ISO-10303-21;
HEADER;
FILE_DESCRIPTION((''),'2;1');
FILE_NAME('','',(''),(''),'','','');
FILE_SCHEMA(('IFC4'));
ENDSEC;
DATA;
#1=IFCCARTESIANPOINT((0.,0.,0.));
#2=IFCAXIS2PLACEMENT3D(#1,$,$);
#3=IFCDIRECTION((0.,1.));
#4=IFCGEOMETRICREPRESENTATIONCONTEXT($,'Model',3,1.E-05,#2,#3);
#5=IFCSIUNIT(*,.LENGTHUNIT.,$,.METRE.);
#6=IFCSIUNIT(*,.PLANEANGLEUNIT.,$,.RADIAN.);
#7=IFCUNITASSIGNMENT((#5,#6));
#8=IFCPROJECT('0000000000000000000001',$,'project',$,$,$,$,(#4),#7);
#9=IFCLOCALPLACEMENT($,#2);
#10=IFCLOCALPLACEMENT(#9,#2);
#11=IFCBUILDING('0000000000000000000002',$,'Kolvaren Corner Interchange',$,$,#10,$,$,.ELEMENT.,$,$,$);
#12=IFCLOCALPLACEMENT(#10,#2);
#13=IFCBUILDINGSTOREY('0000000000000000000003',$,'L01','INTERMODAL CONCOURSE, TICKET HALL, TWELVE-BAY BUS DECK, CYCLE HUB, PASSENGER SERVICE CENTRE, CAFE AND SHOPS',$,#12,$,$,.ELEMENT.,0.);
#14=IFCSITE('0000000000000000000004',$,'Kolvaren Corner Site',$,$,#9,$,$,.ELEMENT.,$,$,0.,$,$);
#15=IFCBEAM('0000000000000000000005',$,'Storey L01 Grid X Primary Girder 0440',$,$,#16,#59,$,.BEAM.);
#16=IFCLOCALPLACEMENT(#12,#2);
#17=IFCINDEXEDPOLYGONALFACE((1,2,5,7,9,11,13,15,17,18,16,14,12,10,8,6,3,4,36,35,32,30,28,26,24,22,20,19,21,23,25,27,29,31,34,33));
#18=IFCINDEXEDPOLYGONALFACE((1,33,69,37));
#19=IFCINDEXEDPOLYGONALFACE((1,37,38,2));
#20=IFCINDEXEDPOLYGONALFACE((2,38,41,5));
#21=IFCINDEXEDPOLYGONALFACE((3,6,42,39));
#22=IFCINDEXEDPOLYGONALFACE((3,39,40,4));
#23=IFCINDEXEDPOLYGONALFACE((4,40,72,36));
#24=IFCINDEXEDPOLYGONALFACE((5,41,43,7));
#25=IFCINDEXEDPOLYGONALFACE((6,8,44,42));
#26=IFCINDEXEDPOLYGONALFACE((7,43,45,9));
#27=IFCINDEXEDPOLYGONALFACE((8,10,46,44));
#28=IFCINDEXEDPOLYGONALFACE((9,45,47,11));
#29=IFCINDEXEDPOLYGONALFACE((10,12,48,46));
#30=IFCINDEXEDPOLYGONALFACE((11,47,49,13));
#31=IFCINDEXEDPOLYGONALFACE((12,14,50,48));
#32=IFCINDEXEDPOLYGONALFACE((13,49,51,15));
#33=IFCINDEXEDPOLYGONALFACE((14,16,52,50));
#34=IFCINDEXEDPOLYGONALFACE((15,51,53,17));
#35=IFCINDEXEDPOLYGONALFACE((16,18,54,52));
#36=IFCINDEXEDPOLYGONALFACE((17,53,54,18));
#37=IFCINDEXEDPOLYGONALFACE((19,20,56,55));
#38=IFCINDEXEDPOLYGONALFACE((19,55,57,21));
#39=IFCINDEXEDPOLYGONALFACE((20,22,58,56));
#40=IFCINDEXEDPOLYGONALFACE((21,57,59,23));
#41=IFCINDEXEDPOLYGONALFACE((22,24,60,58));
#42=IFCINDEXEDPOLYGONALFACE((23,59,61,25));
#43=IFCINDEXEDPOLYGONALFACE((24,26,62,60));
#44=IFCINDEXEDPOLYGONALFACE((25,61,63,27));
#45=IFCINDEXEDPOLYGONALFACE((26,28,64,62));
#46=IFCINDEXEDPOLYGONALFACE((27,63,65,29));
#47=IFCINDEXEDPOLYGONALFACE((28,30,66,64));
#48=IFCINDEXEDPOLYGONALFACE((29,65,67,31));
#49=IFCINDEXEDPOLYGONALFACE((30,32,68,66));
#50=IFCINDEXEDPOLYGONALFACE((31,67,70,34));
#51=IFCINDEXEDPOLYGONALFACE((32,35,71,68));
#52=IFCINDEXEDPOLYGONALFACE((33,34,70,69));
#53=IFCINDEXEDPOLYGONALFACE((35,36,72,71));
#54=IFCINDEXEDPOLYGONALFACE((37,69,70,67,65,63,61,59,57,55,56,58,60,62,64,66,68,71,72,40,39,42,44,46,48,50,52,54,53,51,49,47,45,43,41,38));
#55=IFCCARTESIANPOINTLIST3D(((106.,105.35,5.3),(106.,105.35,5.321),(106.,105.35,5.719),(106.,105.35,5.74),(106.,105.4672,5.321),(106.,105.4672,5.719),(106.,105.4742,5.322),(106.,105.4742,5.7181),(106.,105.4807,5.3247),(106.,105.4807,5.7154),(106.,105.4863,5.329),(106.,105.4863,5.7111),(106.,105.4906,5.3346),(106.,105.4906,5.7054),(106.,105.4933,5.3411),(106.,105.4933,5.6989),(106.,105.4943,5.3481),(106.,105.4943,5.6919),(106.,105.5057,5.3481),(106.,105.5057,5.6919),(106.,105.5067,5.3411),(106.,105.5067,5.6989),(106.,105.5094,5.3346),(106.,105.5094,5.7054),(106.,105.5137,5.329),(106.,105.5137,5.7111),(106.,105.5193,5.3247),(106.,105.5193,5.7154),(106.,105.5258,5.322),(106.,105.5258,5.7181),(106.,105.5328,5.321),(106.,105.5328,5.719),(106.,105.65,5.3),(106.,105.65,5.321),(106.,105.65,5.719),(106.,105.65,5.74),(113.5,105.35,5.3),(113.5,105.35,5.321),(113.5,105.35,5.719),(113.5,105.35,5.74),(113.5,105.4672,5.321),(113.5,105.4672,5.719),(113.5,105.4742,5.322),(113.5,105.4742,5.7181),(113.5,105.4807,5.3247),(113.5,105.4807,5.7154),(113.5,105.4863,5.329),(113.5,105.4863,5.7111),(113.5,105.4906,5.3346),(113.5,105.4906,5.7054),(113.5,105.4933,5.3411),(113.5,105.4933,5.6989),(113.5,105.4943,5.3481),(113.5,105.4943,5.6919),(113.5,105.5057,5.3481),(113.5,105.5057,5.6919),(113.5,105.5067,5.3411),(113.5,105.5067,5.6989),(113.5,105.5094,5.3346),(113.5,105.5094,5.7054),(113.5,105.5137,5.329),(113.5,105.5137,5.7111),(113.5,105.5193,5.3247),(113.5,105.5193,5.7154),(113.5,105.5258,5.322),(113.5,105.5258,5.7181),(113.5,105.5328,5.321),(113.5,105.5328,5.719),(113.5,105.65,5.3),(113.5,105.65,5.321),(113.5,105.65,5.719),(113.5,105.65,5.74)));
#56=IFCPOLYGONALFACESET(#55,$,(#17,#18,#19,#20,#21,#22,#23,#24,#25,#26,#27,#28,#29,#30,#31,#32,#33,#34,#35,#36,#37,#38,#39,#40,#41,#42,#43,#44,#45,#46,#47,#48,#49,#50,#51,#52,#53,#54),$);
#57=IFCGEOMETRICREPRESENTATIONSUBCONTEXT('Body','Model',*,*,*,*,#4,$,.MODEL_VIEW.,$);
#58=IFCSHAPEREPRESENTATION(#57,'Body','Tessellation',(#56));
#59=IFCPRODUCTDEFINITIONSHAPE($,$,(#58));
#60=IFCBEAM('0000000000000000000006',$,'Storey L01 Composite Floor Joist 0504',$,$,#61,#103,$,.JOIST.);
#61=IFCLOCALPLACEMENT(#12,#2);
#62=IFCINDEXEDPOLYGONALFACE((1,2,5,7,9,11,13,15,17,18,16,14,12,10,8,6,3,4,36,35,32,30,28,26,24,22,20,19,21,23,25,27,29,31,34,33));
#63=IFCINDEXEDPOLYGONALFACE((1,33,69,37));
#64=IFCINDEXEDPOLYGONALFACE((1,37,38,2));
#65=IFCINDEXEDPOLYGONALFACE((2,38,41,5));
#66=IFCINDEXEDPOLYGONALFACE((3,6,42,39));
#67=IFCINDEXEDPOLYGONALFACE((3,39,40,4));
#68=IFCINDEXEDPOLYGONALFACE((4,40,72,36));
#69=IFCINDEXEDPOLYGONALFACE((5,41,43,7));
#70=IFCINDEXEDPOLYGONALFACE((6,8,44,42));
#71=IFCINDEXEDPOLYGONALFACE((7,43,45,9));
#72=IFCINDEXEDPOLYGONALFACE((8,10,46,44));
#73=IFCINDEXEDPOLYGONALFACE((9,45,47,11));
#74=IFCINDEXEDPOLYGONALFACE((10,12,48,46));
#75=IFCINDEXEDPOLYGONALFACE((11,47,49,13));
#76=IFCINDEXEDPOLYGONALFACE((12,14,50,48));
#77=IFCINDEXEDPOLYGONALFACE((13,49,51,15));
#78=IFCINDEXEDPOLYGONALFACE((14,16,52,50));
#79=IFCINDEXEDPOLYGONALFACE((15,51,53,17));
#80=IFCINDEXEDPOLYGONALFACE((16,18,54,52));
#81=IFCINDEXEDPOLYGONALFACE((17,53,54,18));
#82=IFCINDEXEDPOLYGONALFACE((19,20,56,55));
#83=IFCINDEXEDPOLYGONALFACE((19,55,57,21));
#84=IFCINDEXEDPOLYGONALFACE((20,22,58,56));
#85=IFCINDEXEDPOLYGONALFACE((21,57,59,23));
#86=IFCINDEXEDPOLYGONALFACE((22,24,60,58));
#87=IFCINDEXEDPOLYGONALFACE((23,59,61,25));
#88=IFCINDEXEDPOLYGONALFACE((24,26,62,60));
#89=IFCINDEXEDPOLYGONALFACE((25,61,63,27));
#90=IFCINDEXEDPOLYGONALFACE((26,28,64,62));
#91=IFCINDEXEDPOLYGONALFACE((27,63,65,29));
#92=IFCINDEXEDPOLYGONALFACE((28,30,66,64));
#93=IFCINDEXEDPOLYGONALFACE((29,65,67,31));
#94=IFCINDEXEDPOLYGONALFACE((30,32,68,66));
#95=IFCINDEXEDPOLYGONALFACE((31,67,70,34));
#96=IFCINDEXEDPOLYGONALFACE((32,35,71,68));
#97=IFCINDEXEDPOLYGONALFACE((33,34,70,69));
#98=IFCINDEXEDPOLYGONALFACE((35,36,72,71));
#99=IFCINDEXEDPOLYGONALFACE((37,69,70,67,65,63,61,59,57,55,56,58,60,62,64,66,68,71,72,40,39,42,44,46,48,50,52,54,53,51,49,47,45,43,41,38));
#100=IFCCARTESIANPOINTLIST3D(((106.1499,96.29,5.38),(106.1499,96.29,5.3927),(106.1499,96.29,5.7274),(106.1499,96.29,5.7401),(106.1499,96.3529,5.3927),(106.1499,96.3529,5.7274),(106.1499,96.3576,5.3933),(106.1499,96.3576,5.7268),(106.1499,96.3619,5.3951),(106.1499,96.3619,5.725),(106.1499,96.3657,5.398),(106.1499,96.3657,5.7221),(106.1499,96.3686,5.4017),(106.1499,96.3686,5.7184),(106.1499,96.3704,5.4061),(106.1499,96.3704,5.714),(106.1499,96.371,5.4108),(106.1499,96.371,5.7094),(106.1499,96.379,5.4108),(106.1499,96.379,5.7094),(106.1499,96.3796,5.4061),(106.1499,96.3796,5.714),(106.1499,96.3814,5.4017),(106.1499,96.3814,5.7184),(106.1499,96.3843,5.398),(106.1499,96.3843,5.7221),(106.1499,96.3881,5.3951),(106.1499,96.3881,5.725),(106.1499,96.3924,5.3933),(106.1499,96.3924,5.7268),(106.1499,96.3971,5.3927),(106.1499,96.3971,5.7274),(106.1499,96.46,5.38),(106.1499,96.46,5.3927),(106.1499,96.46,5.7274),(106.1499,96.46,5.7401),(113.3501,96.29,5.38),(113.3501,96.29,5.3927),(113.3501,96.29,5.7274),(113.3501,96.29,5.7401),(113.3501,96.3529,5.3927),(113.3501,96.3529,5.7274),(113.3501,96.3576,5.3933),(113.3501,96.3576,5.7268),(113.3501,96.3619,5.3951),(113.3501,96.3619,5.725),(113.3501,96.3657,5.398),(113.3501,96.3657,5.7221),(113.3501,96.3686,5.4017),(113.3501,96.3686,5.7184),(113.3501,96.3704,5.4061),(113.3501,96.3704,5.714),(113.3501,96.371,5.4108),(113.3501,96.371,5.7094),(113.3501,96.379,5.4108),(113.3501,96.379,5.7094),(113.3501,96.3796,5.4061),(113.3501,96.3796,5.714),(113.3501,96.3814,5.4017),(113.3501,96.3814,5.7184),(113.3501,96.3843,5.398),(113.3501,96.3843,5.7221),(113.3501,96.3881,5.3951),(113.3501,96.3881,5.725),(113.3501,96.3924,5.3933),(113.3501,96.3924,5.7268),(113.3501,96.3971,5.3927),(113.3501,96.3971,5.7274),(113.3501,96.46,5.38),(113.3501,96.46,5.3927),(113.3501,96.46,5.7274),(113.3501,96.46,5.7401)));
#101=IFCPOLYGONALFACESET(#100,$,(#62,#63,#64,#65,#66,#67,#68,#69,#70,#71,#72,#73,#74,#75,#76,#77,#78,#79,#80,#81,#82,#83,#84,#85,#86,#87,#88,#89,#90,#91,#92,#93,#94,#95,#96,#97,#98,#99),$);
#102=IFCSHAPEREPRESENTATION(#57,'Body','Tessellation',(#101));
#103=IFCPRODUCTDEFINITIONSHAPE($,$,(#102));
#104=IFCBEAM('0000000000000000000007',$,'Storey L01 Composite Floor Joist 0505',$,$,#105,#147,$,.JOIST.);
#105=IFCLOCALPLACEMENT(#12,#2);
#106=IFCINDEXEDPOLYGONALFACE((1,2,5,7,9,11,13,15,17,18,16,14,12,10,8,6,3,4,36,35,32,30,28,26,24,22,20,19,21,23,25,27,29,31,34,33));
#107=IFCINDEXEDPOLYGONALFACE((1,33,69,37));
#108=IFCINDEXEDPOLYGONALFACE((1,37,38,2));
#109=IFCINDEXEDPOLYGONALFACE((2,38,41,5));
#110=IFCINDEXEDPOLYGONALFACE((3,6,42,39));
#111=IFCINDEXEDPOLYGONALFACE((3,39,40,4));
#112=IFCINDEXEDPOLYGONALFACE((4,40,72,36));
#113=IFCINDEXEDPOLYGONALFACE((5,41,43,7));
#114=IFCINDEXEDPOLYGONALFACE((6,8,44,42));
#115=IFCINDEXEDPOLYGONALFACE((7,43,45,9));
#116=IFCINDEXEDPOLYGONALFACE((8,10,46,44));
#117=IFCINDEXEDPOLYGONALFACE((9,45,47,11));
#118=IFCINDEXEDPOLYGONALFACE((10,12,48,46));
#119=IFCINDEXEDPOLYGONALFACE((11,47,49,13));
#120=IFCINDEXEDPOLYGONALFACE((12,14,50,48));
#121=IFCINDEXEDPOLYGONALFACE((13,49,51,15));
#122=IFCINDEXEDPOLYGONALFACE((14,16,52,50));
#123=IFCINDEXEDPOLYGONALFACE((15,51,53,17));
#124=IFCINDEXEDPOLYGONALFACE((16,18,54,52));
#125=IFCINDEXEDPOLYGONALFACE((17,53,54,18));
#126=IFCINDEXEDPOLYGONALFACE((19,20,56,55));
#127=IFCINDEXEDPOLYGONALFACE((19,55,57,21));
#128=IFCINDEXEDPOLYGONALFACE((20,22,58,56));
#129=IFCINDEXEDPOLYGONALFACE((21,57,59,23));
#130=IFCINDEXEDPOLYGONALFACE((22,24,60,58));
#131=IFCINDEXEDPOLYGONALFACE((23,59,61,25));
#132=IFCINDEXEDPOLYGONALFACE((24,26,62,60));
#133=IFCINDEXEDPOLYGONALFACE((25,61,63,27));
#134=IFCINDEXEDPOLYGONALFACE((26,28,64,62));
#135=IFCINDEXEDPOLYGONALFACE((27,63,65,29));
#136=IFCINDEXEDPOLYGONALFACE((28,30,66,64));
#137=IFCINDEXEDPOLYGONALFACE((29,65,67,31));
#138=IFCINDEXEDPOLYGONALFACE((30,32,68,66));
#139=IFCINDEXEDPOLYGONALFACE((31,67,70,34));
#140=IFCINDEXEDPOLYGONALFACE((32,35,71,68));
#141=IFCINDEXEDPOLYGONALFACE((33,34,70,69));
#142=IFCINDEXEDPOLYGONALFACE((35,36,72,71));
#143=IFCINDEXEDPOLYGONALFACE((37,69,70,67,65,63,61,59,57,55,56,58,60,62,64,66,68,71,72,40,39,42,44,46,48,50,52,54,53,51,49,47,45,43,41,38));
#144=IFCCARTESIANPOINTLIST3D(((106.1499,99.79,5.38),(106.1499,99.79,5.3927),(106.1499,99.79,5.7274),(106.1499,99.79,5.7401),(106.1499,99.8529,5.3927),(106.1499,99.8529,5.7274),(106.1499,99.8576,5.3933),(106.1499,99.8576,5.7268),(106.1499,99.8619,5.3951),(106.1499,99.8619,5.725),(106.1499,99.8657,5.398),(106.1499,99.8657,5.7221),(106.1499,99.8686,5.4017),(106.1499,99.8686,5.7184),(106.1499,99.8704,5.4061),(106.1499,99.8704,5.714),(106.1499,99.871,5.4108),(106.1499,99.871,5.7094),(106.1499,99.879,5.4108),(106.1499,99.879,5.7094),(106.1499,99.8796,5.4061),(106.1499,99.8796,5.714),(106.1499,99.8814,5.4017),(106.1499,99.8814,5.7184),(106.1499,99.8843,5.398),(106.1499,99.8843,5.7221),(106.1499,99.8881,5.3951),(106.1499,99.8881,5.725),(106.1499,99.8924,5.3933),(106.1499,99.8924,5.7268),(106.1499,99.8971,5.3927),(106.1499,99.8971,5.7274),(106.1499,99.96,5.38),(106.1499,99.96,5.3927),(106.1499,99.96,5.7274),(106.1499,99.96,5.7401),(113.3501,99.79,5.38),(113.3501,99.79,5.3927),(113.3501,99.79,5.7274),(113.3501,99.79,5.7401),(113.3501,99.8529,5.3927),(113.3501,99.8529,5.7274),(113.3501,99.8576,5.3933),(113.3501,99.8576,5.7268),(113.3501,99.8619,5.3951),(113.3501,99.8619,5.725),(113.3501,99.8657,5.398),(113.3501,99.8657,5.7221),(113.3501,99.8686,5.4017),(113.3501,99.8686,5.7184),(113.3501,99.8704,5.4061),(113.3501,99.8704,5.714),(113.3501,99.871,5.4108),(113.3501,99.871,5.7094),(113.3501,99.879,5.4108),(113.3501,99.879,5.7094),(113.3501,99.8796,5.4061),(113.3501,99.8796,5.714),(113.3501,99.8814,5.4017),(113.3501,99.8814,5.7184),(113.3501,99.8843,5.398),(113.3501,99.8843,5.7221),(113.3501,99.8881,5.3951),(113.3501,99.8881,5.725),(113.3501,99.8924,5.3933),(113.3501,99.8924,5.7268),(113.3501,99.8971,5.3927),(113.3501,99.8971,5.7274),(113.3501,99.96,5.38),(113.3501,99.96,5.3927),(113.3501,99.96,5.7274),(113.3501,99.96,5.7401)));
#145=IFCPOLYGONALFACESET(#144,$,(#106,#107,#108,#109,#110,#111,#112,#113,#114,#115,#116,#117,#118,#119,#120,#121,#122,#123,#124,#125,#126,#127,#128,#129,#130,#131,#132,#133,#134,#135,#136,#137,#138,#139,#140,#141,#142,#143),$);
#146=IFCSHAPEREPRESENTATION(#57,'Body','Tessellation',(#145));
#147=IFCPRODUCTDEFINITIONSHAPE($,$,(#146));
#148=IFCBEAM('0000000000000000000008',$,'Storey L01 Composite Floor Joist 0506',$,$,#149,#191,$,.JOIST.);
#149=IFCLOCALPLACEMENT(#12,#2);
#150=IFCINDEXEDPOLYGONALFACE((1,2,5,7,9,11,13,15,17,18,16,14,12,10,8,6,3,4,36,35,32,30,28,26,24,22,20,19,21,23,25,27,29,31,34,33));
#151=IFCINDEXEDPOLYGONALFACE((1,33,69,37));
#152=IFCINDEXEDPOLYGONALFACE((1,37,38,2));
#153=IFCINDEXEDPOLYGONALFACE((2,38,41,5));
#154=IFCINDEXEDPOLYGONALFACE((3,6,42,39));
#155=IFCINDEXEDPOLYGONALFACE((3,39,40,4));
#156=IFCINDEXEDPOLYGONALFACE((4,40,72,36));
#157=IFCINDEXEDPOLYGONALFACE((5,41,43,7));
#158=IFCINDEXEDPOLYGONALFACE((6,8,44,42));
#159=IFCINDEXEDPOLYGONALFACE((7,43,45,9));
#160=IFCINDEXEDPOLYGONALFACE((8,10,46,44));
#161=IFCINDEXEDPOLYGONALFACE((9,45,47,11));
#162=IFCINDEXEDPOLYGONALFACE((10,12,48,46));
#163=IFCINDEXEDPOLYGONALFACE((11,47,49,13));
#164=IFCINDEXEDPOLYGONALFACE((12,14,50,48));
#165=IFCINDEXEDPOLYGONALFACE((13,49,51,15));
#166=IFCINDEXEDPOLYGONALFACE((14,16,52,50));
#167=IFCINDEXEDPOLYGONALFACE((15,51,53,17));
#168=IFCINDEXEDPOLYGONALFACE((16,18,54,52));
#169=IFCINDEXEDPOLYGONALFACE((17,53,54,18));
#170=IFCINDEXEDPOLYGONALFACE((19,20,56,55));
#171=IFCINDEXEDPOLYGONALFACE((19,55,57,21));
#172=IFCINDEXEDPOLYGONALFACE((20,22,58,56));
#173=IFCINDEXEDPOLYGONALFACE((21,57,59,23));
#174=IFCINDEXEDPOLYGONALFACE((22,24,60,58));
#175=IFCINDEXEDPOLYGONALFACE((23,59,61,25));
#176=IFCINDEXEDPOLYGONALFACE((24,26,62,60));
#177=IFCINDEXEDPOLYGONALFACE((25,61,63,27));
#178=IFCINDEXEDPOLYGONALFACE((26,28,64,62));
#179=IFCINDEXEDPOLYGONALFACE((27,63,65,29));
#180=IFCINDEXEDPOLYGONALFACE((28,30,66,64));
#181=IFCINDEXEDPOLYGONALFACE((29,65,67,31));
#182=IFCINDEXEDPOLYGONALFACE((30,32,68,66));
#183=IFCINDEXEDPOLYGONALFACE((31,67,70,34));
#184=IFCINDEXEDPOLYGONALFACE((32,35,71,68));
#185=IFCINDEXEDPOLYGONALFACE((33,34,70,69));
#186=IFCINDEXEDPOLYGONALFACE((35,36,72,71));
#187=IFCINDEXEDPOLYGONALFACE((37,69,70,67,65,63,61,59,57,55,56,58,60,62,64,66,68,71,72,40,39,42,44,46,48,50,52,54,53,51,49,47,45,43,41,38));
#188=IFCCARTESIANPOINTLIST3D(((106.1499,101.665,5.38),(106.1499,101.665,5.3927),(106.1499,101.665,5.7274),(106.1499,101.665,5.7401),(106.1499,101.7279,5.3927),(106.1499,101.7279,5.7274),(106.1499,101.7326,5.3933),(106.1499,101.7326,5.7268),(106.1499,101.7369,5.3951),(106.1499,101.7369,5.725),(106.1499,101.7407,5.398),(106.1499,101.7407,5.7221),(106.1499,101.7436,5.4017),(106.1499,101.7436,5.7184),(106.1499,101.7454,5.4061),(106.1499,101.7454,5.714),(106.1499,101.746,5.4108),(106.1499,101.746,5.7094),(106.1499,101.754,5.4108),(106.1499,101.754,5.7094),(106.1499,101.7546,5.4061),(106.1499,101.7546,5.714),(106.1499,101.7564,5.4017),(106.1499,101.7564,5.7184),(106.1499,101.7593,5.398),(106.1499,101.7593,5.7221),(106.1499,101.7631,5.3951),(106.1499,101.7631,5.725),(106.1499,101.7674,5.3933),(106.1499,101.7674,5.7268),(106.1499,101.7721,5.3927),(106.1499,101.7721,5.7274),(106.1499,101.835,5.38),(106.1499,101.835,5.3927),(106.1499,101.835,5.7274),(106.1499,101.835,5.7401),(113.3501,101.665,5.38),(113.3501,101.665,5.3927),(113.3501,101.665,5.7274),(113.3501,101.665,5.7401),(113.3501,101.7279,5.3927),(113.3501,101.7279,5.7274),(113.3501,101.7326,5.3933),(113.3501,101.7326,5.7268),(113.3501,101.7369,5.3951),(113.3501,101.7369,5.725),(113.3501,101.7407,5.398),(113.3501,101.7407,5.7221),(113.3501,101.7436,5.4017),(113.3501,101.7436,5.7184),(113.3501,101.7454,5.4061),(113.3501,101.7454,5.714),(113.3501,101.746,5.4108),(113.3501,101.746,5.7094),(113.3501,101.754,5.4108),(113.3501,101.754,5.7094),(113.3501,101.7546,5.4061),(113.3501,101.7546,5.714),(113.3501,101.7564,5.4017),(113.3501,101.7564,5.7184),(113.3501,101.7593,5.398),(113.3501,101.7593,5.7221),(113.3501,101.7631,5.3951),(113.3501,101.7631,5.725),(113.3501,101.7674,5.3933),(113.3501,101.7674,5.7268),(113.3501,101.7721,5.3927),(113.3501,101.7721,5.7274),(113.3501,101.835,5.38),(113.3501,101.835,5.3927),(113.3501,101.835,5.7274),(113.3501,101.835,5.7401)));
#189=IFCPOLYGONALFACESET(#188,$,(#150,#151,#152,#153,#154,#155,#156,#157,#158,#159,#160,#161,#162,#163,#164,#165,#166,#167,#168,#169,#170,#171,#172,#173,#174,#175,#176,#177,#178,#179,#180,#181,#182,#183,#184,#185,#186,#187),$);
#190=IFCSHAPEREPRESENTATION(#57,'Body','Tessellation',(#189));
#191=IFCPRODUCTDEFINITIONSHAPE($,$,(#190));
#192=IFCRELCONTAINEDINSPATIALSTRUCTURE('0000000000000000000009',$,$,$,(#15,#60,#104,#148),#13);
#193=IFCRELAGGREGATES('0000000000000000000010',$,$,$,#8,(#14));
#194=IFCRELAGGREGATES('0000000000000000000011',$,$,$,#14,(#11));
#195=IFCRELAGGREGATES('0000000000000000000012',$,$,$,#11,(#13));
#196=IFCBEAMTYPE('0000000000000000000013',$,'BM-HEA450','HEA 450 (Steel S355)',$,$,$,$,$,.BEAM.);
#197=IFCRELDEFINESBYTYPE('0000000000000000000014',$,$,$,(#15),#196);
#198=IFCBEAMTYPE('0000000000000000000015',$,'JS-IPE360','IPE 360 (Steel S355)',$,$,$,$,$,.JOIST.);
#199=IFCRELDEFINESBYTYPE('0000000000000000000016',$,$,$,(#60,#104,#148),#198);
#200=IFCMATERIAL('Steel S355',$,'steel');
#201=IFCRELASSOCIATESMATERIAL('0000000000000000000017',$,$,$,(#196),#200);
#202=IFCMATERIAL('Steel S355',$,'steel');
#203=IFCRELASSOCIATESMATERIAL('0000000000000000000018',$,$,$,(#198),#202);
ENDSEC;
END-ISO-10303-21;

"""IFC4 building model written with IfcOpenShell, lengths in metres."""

from ifc_helpers import new_model, si_unit, direction, frame, origin, origin_2d, place, context, subcontext, project, spatial, i_section, extrude, material, material_profile, profile_set, type_object, element, save


model = new_model("IFC4")

# Units and contexts
model_context = context("Model", 3, precision=1e-05, world=origin(), true_north=direction((0.0, 1.0)))
body_context = subcontext(model_context, "Body", "Model", "MODEL_VIEW")
ifc_project = project(units=[si_unit("LENGTHUNIT", "METRE"), si_unit("PLANEANGLEUNIT", "RADIAN")], contexts=[model_context])

# Site, building, storey
site_placement = place(None, origin())
site = spatial("IfcSite", under=ifc_project, at=site_placement, Name="Kolvaren Corner Site", CompositionType="ELEMENT", RefElevation=0.0)
building_placement = place(site_placement, origin())
building = spatial("IfcBuilding", under=site, at=building_placement, Name="Kolvaren Corner Interchange", CompositionType="ELEMENT")
storey_placement = place(building_placement, origin())
storey = spatial("IfcBuildingStorey", under=building, at=storey_placement, Name="L01", Description="INTERMODAL CONCOURSE, TICKET HALL, TWELVE-BAY BUS DECK, CYCLE HUB, PASSENGER SERVICE CENTRE, CAFE AND SHOPS", CompositionType="ELEMENT", Elevation=0.0)

# Beams
ifc_material_1 = material(Name="Steel S355", Category="steel")
ifc_material_profile_1 = material_profile(ifc_material_1, i_section(OverallWidth=0.3, OverallDepth=0.4399, WebThickness=0.0115, FlangeThickness=0.021, FilletRadius=0.0271, at=origin_2d()), Name="HEA 450")
ifc_profile_set_1 = profile_set([ifc_material_profile_1], Name="Steel S355")
beam_type_1 = type_object("IfcBeamType", Name="BM-HEA450", Description="HEA 450 (Steel S355)", PredefinedType="BEAM", material=ifc_profile_set_1)
beam_placement = place(storey_placement, frame((106.0, 105.5, 5.52), z_axis=(1.0, 0.0, 0.0), x_axis=(0.0, 1.0, 0.0)))
element("IfcBeam", 1, at=beam_placement, inside=storey, type_object=beam_type_1, Name="Storey L01 Grid X Primary Girder 0440", PredefinedType="BEAM", context=body_context, shape_type="SweptSolid", body=[
    extrude(i_section(OverallWidth=0.3, OverallDepth=0.4399, WebThickness=0.0115, FlangeThickness=0.021, FilletRadius=0.0271, at=origin_2d()), origin(), (0.0, 0.0, 1.0), 7.5),
])
ifc_material_2 = material(Name="Steel S355", Category="steel")
ifc_material_profile_2 = material_profile(ifc_material_2, i_section(OverallWidth=0.1699, OverallDepth=0.3601, WebThickness=0.0081, FlangeThickness=0.0127, FilletRadius=0.0181, at=origin_2d()), Name="IPE 360")
ifc_profile_set_2 = profile_set([ifc_material_profile_2], Name="Steel S355")
beam_type_2 = type_object("IfcBeamType", Name="JS-IPE360", Description="IPE 360 (Steel S355)", PredefinedType="JOIST", material=ifc_profile_set_2)
for number, where, z_axis, x_axis, name in (
    (2, (106.1499, 96.375, 5.5601), (1.0, 0.0, 0.0), (0.0, 1.0, 0.0), "Storey L01 Composite Floor Joist 0504"),
    (3, (106.1499, 99.875, 5.5601), (1.0, 0.0, 0.0), (0.0, 1.0, 0.0), "Storey L01 Composite Floor Joist 0505"),
    (4, (106.1499, 101.75, 5.5601), (1.0, 0.0, 0.0), (0.0, 1.0, 0.0), "Storey L01 Composite Floor Joist 0506"),
):
    element("IfcBeam", number, at=place(storey_placement, frame(where, z_axis=z_axis, x_axis=x_axis)), inside=storey, type_object=beam_type_2, Name=name, PredefinedType="JOIST", context=body_context, shape_type="SweptSolid", body=[
        extrude(i_section(OverallWidth=0.1699, OverallDepth=0.3601, WebThickness=0.0081, FlangeThickness=0.0127, FilletRadius=0.0181, at=origin_2d()), origin(), (0.0, 0.0, 1.0), 7.2002),
    ])

save(model, "model.ifc")
